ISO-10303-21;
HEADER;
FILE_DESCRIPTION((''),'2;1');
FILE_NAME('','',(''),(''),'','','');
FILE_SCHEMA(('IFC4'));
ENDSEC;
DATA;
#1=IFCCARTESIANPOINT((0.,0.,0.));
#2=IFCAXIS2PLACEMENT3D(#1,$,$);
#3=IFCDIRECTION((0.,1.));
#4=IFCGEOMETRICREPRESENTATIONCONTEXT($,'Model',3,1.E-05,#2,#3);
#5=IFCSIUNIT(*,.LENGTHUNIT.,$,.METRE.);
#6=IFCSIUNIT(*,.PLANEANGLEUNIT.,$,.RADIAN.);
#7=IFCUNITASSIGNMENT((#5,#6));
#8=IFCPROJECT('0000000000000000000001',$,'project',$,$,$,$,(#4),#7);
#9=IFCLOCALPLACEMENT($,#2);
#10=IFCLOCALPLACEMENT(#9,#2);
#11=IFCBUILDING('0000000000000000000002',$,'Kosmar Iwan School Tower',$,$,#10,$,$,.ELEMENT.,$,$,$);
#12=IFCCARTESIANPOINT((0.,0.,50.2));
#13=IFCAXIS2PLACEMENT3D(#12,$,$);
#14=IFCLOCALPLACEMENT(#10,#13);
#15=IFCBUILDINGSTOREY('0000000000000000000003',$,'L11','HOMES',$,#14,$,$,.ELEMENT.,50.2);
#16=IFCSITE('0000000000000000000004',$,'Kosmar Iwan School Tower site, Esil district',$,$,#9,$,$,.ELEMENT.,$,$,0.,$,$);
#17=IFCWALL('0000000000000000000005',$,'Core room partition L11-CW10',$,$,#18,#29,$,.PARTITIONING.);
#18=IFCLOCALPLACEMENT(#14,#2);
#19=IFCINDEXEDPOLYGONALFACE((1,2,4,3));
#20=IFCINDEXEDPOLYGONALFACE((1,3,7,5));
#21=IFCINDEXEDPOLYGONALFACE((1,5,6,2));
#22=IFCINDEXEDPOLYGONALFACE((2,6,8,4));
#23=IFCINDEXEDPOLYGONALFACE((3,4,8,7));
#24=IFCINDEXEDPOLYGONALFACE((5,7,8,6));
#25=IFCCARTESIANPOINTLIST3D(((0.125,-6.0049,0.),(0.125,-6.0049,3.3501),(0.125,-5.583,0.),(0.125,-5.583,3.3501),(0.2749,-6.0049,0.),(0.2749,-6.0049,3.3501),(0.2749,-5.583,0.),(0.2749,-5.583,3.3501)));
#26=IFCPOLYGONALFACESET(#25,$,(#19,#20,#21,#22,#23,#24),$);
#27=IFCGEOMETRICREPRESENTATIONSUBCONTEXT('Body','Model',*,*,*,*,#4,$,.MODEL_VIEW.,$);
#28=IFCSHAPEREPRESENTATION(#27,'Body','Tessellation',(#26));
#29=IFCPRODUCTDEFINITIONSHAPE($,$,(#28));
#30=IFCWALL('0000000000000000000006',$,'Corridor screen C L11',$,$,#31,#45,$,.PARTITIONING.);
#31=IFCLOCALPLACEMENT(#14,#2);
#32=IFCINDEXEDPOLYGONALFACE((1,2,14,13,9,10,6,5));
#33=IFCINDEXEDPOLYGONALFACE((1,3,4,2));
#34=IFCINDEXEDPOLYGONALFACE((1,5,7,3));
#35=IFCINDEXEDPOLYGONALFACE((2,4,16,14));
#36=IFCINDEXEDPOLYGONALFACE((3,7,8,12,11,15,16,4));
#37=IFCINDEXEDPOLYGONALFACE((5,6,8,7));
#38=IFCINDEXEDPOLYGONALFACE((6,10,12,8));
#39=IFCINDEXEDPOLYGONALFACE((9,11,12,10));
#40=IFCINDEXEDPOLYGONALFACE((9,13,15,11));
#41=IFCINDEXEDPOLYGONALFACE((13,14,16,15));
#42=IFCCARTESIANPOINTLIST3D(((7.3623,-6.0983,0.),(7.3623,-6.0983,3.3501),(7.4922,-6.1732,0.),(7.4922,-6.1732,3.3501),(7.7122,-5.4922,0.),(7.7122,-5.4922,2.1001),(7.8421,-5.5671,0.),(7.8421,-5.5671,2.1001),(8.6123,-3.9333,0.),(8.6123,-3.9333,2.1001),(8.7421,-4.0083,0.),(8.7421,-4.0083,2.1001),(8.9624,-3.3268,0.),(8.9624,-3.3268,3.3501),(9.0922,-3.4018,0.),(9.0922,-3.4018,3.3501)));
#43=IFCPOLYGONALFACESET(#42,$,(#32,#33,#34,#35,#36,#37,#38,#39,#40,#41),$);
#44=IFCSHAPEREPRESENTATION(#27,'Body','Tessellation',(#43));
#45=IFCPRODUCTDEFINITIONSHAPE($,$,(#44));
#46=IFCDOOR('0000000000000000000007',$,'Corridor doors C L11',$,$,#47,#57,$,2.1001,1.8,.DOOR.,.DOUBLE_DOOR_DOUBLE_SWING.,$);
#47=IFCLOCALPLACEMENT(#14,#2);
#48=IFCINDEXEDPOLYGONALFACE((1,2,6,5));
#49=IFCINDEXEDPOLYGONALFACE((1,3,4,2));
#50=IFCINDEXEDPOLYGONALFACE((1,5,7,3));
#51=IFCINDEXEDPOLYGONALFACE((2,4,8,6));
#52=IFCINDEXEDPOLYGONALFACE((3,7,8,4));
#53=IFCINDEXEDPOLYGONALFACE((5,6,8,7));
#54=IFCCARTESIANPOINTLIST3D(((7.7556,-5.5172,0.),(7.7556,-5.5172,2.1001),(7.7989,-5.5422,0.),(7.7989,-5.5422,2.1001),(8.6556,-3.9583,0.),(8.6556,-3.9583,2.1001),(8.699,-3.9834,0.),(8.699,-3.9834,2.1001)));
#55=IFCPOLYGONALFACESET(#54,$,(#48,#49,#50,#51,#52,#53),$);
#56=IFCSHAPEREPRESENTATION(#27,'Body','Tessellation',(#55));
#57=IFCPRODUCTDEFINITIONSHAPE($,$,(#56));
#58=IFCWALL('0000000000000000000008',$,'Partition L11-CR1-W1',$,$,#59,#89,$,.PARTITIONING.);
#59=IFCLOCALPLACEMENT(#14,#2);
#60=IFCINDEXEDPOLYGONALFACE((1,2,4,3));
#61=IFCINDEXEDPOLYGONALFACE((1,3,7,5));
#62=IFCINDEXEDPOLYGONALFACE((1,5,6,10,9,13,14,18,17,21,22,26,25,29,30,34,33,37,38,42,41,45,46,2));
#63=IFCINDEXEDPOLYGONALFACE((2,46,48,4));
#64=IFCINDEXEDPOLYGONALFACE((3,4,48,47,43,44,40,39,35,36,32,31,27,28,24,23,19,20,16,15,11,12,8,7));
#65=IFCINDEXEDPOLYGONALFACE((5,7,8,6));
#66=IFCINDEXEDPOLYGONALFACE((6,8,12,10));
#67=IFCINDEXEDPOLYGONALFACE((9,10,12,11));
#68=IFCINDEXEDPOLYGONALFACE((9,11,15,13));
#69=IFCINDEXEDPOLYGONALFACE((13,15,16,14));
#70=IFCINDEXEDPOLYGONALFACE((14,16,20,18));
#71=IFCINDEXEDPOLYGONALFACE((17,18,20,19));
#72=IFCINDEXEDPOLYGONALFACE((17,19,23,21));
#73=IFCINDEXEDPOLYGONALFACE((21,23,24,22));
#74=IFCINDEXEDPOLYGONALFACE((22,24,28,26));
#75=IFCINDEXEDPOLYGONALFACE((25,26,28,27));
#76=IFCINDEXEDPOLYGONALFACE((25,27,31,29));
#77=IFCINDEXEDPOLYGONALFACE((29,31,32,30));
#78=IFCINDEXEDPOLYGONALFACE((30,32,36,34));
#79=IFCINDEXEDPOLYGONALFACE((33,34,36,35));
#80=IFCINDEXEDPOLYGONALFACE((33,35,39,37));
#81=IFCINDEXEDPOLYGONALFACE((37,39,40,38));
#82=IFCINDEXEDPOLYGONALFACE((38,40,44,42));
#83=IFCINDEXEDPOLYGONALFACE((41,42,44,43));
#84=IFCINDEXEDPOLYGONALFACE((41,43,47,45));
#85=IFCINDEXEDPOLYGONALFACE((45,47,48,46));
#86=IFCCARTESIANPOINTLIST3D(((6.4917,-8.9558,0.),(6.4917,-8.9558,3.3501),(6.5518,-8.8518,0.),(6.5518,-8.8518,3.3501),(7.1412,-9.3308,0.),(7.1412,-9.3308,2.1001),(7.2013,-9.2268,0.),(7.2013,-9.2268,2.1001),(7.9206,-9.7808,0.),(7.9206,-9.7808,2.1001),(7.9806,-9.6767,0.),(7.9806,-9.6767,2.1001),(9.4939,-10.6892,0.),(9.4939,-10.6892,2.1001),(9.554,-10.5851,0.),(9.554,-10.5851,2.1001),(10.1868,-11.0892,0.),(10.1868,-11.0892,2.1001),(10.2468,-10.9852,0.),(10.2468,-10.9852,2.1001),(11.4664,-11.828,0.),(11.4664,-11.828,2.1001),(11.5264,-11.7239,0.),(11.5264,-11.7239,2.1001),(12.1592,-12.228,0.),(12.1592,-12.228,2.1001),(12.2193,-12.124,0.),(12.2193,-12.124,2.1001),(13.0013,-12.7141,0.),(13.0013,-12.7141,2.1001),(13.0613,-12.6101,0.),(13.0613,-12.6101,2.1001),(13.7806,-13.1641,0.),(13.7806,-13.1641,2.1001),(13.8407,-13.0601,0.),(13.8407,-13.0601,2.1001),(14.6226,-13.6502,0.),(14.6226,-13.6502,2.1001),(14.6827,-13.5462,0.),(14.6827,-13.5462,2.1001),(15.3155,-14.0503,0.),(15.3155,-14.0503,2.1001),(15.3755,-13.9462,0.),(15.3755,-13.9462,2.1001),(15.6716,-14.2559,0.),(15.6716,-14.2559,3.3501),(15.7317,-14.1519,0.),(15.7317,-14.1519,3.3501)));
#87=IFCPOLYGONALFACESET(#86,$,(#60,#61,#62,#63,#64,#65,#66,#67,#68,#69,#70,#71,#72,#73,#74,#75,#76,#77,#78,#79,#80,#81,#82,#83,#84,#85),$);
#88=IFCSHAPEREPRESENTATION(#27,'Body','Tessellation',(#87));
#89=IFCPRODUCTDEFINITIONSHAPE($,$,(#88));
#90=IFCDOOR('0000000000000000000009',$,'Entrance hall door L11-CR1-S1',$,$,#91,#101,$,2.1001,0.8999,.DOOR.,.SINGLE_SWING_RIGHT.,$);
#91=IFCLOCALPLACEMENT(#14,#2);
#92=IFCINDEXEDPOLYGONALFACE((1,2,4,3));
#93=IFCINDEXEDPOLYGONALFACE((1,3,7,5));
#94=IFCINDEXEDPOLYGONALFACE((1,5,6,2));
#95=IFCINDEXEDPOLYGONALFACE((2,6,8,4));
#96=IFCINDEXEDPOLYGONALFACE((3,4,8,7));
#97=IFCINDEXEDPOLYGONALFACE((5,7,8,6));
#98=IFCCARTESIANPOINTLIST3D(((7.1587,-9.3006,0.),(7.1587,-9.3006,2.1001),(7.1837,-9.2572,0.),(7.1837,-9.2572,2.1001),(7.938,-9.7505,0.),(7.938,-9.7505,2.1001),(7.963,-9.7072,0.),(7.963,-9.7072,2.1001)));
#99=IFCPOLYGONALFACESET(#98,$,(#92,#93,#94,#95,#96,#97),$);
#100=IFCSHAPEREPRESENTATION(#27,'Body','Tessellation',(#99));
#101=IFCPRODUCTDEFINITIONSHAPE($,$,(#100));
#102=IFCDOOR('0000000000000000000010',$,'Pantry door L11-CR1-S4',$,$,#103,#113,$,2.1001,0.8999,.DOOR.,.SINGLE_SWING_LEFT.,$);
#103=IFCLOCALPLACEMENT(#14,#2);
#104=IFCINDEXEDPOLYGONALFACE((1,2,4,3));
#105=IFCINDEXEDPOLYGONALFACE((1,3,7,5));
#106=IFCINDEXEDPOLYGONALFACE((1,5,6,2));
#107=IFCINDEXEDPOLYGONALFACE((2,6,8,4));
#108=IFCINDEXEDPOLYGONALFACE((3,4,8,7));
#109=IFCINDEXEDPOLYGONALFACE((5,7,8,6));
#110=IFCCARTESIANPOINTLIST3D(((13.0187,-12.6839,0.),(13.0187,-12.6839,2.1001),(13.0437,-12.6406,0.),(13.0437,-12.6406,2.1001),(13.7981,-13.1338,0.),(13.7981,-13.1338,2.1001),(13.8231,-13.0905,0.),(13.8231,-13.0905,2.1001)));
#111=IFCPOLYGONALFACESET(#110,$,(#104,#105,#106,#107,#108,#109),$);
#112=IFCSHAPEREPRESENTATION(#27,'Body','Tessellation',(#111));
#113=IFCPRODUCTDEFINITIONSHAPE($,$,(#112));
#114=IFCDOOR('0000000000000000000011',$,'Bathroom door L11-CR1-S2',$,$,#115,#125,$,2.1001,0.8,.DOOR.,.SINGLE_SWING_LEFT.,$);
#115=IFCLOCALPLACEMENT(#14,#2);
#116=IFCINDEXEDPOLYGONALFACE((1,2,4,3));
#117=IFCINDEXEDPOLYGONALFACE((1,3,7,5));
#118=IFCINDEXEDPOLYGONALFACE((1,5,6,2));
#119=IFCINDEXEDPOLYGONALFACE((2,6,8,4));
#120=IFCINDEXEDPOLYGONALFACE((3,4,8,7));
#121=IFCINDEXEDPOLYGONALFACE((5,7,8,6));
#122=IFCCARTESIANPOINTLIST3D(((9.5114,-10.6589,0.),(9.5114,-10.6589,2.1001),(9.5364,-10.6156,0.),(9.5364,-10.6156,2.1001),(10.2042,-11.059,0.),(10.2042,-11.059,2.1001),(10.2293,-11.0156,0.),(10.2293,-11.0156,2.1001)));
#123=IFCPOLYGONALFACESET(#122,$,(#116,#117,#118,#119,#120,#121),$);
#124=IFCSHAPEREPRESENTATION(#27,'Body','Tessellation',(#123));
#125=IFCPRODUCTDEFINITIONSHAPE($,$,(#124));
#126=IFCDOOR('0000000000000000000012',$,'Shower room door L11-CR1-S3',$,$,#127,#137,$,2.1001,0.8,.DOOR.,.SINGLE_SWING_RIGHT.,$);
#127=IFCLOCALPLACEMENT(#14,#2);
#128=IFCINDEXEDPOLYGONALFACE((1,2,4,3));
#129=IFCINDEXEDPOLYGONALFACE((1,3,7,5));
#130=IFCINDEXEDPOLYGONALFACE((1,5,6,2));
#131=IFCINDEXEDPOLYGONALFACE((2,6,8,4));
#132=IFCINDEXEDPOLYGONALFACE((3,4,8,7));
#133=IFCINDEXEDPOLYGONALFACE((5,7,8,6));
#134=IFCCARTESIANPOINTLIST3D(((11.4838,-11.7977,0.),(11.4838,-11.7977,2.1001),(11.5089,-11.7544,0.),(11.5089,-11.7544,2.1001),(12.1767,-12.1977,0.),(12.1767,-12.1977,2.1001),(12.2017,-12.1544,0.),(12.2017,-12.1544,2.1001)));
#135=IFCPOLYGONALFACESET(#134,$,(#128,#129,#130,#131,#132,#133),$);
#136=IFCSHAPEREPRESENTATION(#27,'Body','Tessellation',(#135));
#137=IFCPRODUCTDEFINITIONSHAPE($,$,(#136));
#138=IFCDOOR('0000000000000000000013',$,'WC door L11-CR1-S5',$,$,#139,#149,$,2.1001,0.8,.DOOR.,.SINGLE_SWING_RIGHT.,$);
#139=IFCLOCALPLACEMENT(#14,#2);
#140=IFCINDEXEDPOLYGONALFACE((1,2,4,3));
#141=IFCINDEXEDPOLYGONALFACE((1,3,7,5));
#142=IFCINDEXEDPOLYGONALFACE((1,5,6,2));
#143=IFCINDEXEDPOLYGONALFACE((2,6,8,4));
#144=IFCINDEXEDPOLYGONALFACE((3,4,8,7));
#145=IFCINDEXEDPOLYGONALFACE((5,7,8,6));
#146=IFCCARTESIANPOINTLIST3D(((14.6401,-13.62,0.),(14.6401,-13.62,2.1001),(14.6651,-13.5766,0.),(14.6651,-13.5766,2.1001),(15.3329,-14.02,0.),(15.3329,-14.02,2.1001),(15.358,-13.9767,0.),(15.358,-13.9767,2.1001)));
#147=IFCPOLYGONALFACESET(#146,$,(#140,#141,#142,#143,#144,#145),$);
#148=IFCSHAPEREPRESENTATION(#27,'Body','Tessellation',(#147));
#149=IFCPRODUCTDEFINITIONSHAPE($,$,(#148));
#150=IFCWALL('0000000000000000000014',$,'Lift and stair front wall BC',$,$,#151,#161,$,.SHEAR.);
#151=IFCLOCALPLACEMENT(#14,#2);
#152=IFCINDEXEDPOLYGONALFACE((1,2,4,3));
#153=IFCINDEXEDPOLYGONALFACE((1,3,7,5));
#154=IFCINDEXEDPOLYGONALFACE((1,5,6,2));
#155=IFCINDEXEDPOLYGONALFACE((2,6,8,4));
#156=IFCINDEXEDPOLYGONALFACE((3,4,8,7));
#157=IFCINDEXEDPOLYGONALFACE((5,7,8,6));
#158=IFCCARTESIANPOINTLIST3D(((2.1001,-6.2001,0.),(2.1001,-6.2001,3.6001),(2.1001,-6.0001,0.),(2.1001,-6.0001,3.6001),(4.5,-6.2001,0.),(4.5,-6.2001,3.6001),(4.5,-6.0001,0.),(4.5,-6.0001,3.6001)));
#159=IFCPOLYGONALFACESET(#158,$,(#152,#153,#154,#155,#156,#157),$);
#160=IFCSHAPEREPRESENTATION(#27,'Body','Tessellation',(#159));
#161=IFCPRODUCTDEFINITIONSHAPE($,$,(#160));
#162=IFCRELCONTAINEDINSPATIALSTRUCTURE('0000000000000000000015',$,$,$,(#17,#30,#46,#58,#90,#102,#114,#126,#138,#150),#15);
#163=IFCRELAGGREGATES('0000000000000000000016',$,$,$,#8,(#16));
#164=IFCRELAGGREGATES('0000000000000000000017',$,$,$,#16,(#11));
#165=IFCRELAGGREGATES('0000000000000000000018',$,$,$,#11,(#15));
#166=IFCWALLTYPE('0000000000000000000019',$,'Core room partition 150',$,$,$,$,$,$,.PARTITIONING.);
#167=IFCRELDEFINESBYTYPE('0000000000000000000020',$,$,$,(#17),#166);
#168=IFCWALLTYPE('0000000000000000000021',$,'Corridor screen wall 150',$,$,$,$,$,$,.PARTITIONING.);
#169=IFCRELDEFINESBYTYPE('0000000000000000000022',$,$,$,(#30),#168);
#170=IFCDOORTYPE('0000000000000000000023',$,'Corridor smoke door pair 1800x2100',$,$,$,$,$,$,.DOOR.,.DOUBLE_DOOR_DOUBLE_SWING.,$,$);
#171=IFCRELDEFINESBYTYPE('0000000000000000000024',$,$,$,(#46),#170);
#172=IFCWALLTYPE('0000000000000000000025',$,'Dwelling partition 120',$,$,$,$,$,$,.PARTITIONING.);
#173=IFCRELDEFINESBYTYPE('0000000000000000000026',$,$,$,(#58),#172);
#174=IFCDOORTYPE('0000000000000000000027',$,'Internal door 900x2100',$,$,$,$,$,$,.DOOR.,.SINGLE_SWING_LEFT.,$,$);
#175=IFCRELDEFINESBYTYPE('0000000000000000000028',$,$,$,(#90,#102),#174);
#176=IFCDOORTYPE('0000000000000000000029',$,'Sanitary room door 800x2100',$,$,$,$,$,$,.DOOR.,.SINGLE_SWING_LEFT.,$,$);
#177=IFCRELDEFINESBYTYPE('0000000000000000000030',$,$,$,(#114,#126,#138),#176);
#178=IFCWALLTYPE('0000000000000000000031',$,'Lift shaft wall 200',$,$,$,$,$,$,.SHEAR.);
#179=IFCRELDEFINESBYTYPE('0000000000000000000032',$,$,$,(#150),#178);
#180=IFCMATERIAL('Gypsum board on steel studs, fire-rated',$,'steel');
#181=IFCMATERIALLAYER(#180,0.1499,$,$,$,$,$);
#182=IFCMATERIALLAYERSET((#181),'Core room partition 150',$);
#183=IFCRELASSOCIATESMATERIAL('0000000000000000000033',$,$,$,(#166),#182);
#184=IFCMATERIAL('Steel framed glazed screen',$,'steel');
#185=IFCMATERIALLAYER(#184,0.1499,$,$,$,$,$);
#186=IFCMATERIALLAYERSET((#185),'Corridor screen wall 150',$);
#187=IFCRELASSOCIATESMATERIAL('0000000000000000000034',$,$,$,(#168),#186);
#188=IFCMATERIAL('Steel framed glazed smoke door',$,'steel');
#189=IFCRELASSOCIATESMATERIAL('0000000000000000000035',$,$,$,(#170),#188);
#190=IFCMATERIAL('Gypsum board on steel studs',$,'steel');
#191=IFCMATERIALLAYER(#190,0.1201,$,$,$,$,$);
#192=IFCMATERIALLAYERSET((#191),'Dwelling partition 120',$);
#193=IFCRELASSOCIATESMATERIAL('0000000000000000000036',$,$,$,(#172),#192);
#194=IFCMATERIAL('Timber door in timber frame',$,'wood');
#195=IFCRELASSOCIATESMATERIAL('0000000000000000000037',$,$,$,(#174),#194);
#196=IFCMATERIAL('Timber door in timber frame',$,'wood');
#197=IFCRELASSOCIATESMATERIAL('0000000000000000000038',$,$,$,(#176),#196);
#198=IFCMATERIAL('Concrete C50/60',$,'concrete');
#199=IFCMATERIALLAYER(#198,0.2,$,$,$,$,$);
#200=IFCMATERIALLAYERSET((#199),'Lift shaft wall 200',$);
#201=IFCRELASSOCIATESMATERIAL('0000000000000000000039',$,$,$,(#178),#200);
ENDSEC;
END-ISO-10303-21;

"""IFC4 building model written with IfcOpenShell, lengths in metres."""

from ifc_helpers import new_model, si_unit, direction, frame, frame_2d, origin, place, context, subcontext, project, spatial, rectangle, extrude, material, layer, layer_set, type_object, element, fill, save


model = new_model("IFC4")

# Units and contexts
model_context = context("Model", 3, precision=1e-05, world=origin(), true_north=direction((0.0, 1.0)))
body_context = subcontext(model_context, "Body", "Model", "MODEL_VIEW")
ifc_project = project(units=[si_unit("LENGTHUNIT", "METRE"), si_unit("PLANEANGLEUNIT", "RADIAN")], contexts=[model_context])

# Site, building, storey
site_placement = place(None, origin())
site = spatial("IfcSite", under=ifc_project, at=site_placement, Name="Kosmar Iwan School Tower site, Esil district", CompositionType="ELEMENT", RefElevation=0.0)
building_placement = place(site_placement, origin())
building = spatial("IfcBuilding", under=site, at=building_placement, Name="Kosmar Iwan School Tower", CompositionType="ELEMENT")
storey_placement = place(building_placement, frame((0.0, 0.0, 50.2)))
storey = spatial("IfcBuildingStorey", under=building, at=storey_placement, Name="L11", Description="HOMES", CompositionType="ELEMENT", Elevation=50.2)

# Wall
ifc_material_1 = material(Name="Gypsum board on steel studs, fire-rated", Category="steel")
ifc_layer_1 = layer(ifc_material_1, 0.1499)
ifc_layer_set_1 = layer_set([ifc_layer_1], Name="Core room partition 150")
wall_type_1 = type_object("IfcWallType", Name="Core room partition 150", PredefinedType="PARTITIONING", material=ifc_layer_set_1)
wall_1_placement = place(storey_placement, frame((0.2, -6.0049, 0.0), z_axis=(0.0, 0.0, 1.0), x_axis=(0.0, 1.0, 0.0)))
element("IfcWall", 1, at=wall_1_placement, inside=storey, type_object=wall_type_1, Name="Core room partition L11-CW10", PredefinedType="PARTITIONING", context=body_context, shape_type="SweptSolid", body=[
    extrude(rectangle(XDim=0.4219, YDim=0.1499, at=frame_2d((0.2109, 0.0))), origin(), (0.0, 0.0, 1.0), 3.3501),
])

# Wall, opening, door
ifc_material_2 = material(Name="Steel framed glazed screen", Category="steel")
ifc_layer_2 = layer(ifc_material_2, 0.1499)
ifc_layer_set_2 = layer_set([ifc_layer_2], Name="Corridor screen wall 150")
wall_type_2 = type_object("IfcWallType", Name="Corridor screen wall 150", PredefinedType="PARTITIONING", material=ifc_layer_set_2)
wall_2_placement = place(storey_placement, frame((7.4272, -6.1357, 0.0), z_axis=(0.0, 0.0, 1.0), x_axis=(0.499995, 0.866028, 0.0)))
wall_2 = element("IfcWall", 2, at=wall_2_placement, inside=storey, type_object=wall_type_2, Name="Corridor screen C L11", PredefinedType="PARTITIONING", context=body_context, shape_type="SweptSolid", body=[
    extrude(rectangle(XDim=3.2002, YDim=0.1499, at=frame_2d((1.6001, 0.0))), origin(), (0.0, 0.0, 1.0), 3.3501),
])
opening_1_placement = place(wall_2_placement, frame((0.7, 0.0, 0.0)))
opening_1 = element("IfcOpeningElement", 3, at=opening_1_placement, cuts=wall_2, PredefinedType="OPENING", context=body_context, shape_type="SweptSolid", body=[
    extrude(rectangle(XDim=1.8, YDim=2.1001, at=frame_2d((0.8999, 1.05))), frame((0.0, 0.0869, 0.0), z_axis=(0.0, -1.0, 0.0), x_axis=(1.0, 0.0, 0.0)), (0.0, 0.0, 1.0), 0.1738),
])
ifc_material_3 = material(Name="Steel framed glazed smoke door", Category="steel")
door_type_1 = type_object("IfcDoorType", Name="Corridor smoke door pair 1800x2100", OperationType="DOUBLE_DOOR_DOUBLE_SWING", PredefinedType="DOOR", material=ifc_material_3)
door_1_placement = place(opening_1_placement, origin())
door_1 = element("IfcDoor", 4, at=door_1_placement, inside=storey, type_object=door_type_1, Name="Corridor doors C L11", OperationType="DOUBLE_DOOR_DOUBLE_SWING", OverallHeight=2.1001, OverallWidth=1.8, PredefinedType="DOOR", context=body_context, shape_type="SweptSolid", body=[
    extrude(rectangle(XDim=1.8, YDim=2.1001, at=frame_2d((0.8999, 1.05))), frame((0.0, 0.0249, 0.0), z_axis=(0.0, -1.0, 0.0), x_axis=(1.0, 0.0, 0.0)), (0.0, 0.0, 1.0), 0.05),
])
fill(opening_1, door_1)

# Wall, openings, doors
ifc_material_4 = material(Name="Gypsum board on steel studs", Category="steel")
ifc_layer_3 = layer(ifc_material_4, 0.1201)
ifc_layer_set_3 = layer_set([ifc_layer_3], Name="Dwelling partition 120")
wall_type_3 = type_object("IfcWallType", Name="Dwelling partition 120", PredefinedType="PARTITIONING", material=ifc_layer_set_3)
wall_3_placement = place(storey_placement, frame((6.5217, -8.9038, 0.0), z_axis=(0.0, 0.0, 1.0), x_axis=(0.866025, -0.500001, 0.0)))
wall_3 = element("IfcWall", 5, at=wall_3_placement, inside=storey, type_object=wall_type_3, Name="Partition L11-CR1-W1", PredefinedType="PARTITIONING", context=body_context, shape_type="SweptSolid", body=[
    extrude(rectangle(XDim=10.6001, YDim=0.1201, at=frame_2d((5.3, 0.0))), origin(), (0.0, 0.0, 1.0), 3.3501),
])
opening_2_placement = place(wall_3_placement, frame((0.75, 0.0, 0.0)))
opening_2 = element("IfcOpeningElement", 6, at=opening_2_placement, cuts=wall_3, PredefinedType="OPENING", context=body_context, shape_type="SweptSolid", body=[
    extrude(rectangle(XDim=0.8999, YDim=2.1001, at=frame_2d((0.45, 1.05))), frame((0.0, 0.072, 0.0), z_axis=(0.0, -1.0, 0.0), x_axis=(1.0, 0.0, 0.0)), (0.0, 0.0, 1.0), 0.144),
])
opening_3_placement = place(wall_3_placement, frame((3.4668, 0.0, 0.0)))
opening_3 = element("IfcOpeningElement", 7, at=opening_3_placement, cuts=wall_3, PredefinedType="OPENING", context=body_context, shape_type="SweptSolid", body=[
    extrude(rectangle(XDim=0.8, YDim=2.1001, at=frame_2d((0.3999, 1.05))), frame((0.0, 0.072, 0.0), z_axis=(0.0, -1.0, 0.0), x_axis=(1.0, 0.0, 0.0)), (0.0, 0.0, 1.0), 0.144),
])
opening_4_placement = place(wall_3_placement, frame((5.7444, 0.0, 0.0)))
opening_4 = element("IfcOpeningElement", 8, at=opening_4_placement, cuts=wall_3, PredefinedType="OPENING", context=body_context, shape_type="SweptSolid", body=[
    extrude(rectangle(XDim=0.8, YDim=2.1001, at=frame_2d((0.3999, 1.05))), frame((0.0, 0.072, 0.0), z_axis=(0.0, -1.0, 0.0), x_axis=(1.0, 0.0, 0.0)), (0.0, 0.0, 1.0), 0.144),
])
opening_5_placement = place(wall_3_placement, frame((7.5166, 0.0, 0.0)))
opening_5 = element("IfcOpeningElement", 9, at=opening_5_placement, cuts=wall_3, PredefinedType="OPENING", context=body_context, shape_type="SweptSolid", body=[
    extrude(rectangle(XDim=0.8999, YDim=2.1001, at=frame_2d((0.45, 1.05))), frame((0.0, 0.072, 0.0), z_axis=(0.0, -1.0, 0.0), x_axis=(1.0, 0.0, 0.0)), (0.0, 0.0, 1.0), 0.144),
])
opening_6_placement = place(wall_3_placement, frame((9.3889, 0.0, 0.0)))
opening_6 = element("IfcOpeningElement", 10, at=opening_6_placement, cuts=wall_3, PredefinedType="OPENING", context=body_context, shape_type="SweptSolid", body=[
    extrude(rectangle(XDim=0.8, YDim=2.1001, at=frame_2d((0.3999, 1.05))), frame((0.0, 0.072, 0.0), z_axis=(0.0, -1.0, 0.0), x_axis=(1.0, 0.0, 0.0)), (0.0, 0.0, 1.0), 0.144),
])
ifc_material_5 = material(Name="Timber door in timber frame", Category="wood")
door_type_2 = type_object("IfcDoorType", Name="Internal door 900x2100", OperationType="SINGLE_SWING_LEFT", PredefinedType="DOOR", material=ifc_material_5)
door_2_placement = place(opening_2_placement, origin())
door_2 = element("IfcDoor", 11, at=door_2_placement, inside=storey, type_object=door_type_2, Name="Entrance hall door L11-CR1-S1", OperationType="SINGLE_SWING_RIGHT", OverallHeight=2.1001, OverallWidth=0.8999, PredefinedType="DOOR", context=body_context, shape_type="SweptSolid", body=[
    extrude(rectangle(XDim=0.8999, YDim=2.1001, at=frame_2d((0.45, 1.05))), frame((0.0, 0.0249, 0.0), z_axis=(0.0, -1.0, 0.0), x_axis=(1.0, 0.0, 0.0)), (0.0, 0.0, 1.0), 0.05),
])
fill(opening_2, door_2)
door_3_placement = place(opening_5_placement, origin())
door_3 = element("IfcDoor", 12, at=door_3_placement, inside=storey, type_object=door_type_2, Name="Pantry door L11-CR1-S4", OperationType="SINGLE_SWING_LEFT", OverallHeight=2.1001, OverallWidth=0.8999, PredefinedType="DOOR", context=body_context, shape_type="SweptSolid", body=[
    extrude(rectangle(XDim=0.8999, YDim=2.1001, at=frame_2d((0.45, 1.05))), frame((0.0, 0.0249, 0.0), z_axis=(0.0, -1.0, 0.0), x_axis=(1.0, 0.0, 0.0)), (0.0, 0.0, 1.0), 0.05),
])
fill(opening_5, door_3)
ifc_material_6 = material(Name="Timber door in timber frame", Category="wood")
door_type_3 = type_object("IfcDoorType", Name="Sanitary room door 800x2100", OperationType="SINGLE_SWING_LEFT", PredefinedType="DOOR", material=ifc_material_6)
door_4_placement = place(opening_3_placement, origin())
door_4 = element("IfcDoor", 13, at=door_4_placement, inside=storey, type_object=door_type_3, Name="Bathroom door L11-CR1-S2", OperationType="SINGLE_SWING_LEFT", OverallHeight=2.1001, OverallWidth=0.8, PredefinedType="DOOR", context=body_context, shape_type="SweptSolid", body=[
    extrude(rectangle(XDim=0.8, YDim=2.1001, at=frame_2d((0.3999, 1.05))), frame((0.0, 0.0249, 0.0), z_axis=(0.0, -1.0, 0.0), x_axis=(1.0, 0.0, 0.0)), (0.0, 0.0, 1.0), 0.05),
])
fill(opening_3, door_4)
door_5_placement = place(opening_4_placement, origin())
door_5 = element("IfcDoor", 14, at=door_5_placement, inside=storey, type_object=door_type_3, Name="Shower room door L11-CR1-S3", OperationType="SINGLE_SWING_RIGHT", OverallHeight=2.1001, OverallWidth=0.8, PredefinedType="DOOR", context=body_context, shape_type="SweptSolid", body=[
    extrude(rectangle(XDim=0.8, YDim=2.1001, at=frame_2d((0.3999, 1.05))), frame((0.0, 0.0249, 0.0), z_axis=(0.0, -1.0, 0.0), x_axis=(1.0, 0.0, 0.0)), (0.0, 0.0, 1.0), 0.05),
])
fill(opening_4, door_5)
door_6_placement = place(opening_6_placement, origin())
door_6 = element("IfcDoor", 15, at=door_6_placement, inside=storey, type_object=door_type_3, Name="WC door L11-CR1-S5", OperationType="SINGLE_SWING_RIGHT", OverallHeight=2.1001, OverallWidth=0.8, PredefinedType="DOOR", context=body_context, shape_type="SweptSolid", body=[
    extrude(rectangle(XDim=0.8, YDim=2.1001, at=frame_2d((0.3999, 1.05))), frame((0.0, 0.0249, 0.0), z_axis=(0.0, -1.0, 0.0), x_axis=(1.0, 0.0, 0.0)), (0.0, 0.0, 1.0), 0.05),
])
fill(opening_6, door_6)

# Wall
ifc_material_7 = material(Name="Concrete C50/60", Category="concrete")
ifc_layer_4 = layer(ifc_material_7, 0.2)
ifc_layer_set_4 = layer_set([ifc_layer_4], Name="Lift shaft wall 200")
wall_type_4 = type_object("IfcWallType", Name="Lift shaft wall 200", PredefinedType="SHEAR", material=ifc_layer_set_4)
wall_4_placement = place(storey_placement, frame((2.1001, -6.1001, 0.0), z_axis=(0.0, 0.0, 1.0), x_axis=(1.0, 0.0, 0.0)))
element("IfcWall", 16, at=wall_4_placement, inside=storey, type_object=wall_type_4, Name="Lift and stair front wall BC", PredefinedType="SHEAR", context=body_context, shape_type="SweptSolid", body=[
    extrude(rectangle(XDim=2.3999, YDim=0.2, at=frame_2d((1.2, 0.0))), origin(), (0.0, 0.0, 1.0), 3.6001),
])

save(model, "model.ifc")
